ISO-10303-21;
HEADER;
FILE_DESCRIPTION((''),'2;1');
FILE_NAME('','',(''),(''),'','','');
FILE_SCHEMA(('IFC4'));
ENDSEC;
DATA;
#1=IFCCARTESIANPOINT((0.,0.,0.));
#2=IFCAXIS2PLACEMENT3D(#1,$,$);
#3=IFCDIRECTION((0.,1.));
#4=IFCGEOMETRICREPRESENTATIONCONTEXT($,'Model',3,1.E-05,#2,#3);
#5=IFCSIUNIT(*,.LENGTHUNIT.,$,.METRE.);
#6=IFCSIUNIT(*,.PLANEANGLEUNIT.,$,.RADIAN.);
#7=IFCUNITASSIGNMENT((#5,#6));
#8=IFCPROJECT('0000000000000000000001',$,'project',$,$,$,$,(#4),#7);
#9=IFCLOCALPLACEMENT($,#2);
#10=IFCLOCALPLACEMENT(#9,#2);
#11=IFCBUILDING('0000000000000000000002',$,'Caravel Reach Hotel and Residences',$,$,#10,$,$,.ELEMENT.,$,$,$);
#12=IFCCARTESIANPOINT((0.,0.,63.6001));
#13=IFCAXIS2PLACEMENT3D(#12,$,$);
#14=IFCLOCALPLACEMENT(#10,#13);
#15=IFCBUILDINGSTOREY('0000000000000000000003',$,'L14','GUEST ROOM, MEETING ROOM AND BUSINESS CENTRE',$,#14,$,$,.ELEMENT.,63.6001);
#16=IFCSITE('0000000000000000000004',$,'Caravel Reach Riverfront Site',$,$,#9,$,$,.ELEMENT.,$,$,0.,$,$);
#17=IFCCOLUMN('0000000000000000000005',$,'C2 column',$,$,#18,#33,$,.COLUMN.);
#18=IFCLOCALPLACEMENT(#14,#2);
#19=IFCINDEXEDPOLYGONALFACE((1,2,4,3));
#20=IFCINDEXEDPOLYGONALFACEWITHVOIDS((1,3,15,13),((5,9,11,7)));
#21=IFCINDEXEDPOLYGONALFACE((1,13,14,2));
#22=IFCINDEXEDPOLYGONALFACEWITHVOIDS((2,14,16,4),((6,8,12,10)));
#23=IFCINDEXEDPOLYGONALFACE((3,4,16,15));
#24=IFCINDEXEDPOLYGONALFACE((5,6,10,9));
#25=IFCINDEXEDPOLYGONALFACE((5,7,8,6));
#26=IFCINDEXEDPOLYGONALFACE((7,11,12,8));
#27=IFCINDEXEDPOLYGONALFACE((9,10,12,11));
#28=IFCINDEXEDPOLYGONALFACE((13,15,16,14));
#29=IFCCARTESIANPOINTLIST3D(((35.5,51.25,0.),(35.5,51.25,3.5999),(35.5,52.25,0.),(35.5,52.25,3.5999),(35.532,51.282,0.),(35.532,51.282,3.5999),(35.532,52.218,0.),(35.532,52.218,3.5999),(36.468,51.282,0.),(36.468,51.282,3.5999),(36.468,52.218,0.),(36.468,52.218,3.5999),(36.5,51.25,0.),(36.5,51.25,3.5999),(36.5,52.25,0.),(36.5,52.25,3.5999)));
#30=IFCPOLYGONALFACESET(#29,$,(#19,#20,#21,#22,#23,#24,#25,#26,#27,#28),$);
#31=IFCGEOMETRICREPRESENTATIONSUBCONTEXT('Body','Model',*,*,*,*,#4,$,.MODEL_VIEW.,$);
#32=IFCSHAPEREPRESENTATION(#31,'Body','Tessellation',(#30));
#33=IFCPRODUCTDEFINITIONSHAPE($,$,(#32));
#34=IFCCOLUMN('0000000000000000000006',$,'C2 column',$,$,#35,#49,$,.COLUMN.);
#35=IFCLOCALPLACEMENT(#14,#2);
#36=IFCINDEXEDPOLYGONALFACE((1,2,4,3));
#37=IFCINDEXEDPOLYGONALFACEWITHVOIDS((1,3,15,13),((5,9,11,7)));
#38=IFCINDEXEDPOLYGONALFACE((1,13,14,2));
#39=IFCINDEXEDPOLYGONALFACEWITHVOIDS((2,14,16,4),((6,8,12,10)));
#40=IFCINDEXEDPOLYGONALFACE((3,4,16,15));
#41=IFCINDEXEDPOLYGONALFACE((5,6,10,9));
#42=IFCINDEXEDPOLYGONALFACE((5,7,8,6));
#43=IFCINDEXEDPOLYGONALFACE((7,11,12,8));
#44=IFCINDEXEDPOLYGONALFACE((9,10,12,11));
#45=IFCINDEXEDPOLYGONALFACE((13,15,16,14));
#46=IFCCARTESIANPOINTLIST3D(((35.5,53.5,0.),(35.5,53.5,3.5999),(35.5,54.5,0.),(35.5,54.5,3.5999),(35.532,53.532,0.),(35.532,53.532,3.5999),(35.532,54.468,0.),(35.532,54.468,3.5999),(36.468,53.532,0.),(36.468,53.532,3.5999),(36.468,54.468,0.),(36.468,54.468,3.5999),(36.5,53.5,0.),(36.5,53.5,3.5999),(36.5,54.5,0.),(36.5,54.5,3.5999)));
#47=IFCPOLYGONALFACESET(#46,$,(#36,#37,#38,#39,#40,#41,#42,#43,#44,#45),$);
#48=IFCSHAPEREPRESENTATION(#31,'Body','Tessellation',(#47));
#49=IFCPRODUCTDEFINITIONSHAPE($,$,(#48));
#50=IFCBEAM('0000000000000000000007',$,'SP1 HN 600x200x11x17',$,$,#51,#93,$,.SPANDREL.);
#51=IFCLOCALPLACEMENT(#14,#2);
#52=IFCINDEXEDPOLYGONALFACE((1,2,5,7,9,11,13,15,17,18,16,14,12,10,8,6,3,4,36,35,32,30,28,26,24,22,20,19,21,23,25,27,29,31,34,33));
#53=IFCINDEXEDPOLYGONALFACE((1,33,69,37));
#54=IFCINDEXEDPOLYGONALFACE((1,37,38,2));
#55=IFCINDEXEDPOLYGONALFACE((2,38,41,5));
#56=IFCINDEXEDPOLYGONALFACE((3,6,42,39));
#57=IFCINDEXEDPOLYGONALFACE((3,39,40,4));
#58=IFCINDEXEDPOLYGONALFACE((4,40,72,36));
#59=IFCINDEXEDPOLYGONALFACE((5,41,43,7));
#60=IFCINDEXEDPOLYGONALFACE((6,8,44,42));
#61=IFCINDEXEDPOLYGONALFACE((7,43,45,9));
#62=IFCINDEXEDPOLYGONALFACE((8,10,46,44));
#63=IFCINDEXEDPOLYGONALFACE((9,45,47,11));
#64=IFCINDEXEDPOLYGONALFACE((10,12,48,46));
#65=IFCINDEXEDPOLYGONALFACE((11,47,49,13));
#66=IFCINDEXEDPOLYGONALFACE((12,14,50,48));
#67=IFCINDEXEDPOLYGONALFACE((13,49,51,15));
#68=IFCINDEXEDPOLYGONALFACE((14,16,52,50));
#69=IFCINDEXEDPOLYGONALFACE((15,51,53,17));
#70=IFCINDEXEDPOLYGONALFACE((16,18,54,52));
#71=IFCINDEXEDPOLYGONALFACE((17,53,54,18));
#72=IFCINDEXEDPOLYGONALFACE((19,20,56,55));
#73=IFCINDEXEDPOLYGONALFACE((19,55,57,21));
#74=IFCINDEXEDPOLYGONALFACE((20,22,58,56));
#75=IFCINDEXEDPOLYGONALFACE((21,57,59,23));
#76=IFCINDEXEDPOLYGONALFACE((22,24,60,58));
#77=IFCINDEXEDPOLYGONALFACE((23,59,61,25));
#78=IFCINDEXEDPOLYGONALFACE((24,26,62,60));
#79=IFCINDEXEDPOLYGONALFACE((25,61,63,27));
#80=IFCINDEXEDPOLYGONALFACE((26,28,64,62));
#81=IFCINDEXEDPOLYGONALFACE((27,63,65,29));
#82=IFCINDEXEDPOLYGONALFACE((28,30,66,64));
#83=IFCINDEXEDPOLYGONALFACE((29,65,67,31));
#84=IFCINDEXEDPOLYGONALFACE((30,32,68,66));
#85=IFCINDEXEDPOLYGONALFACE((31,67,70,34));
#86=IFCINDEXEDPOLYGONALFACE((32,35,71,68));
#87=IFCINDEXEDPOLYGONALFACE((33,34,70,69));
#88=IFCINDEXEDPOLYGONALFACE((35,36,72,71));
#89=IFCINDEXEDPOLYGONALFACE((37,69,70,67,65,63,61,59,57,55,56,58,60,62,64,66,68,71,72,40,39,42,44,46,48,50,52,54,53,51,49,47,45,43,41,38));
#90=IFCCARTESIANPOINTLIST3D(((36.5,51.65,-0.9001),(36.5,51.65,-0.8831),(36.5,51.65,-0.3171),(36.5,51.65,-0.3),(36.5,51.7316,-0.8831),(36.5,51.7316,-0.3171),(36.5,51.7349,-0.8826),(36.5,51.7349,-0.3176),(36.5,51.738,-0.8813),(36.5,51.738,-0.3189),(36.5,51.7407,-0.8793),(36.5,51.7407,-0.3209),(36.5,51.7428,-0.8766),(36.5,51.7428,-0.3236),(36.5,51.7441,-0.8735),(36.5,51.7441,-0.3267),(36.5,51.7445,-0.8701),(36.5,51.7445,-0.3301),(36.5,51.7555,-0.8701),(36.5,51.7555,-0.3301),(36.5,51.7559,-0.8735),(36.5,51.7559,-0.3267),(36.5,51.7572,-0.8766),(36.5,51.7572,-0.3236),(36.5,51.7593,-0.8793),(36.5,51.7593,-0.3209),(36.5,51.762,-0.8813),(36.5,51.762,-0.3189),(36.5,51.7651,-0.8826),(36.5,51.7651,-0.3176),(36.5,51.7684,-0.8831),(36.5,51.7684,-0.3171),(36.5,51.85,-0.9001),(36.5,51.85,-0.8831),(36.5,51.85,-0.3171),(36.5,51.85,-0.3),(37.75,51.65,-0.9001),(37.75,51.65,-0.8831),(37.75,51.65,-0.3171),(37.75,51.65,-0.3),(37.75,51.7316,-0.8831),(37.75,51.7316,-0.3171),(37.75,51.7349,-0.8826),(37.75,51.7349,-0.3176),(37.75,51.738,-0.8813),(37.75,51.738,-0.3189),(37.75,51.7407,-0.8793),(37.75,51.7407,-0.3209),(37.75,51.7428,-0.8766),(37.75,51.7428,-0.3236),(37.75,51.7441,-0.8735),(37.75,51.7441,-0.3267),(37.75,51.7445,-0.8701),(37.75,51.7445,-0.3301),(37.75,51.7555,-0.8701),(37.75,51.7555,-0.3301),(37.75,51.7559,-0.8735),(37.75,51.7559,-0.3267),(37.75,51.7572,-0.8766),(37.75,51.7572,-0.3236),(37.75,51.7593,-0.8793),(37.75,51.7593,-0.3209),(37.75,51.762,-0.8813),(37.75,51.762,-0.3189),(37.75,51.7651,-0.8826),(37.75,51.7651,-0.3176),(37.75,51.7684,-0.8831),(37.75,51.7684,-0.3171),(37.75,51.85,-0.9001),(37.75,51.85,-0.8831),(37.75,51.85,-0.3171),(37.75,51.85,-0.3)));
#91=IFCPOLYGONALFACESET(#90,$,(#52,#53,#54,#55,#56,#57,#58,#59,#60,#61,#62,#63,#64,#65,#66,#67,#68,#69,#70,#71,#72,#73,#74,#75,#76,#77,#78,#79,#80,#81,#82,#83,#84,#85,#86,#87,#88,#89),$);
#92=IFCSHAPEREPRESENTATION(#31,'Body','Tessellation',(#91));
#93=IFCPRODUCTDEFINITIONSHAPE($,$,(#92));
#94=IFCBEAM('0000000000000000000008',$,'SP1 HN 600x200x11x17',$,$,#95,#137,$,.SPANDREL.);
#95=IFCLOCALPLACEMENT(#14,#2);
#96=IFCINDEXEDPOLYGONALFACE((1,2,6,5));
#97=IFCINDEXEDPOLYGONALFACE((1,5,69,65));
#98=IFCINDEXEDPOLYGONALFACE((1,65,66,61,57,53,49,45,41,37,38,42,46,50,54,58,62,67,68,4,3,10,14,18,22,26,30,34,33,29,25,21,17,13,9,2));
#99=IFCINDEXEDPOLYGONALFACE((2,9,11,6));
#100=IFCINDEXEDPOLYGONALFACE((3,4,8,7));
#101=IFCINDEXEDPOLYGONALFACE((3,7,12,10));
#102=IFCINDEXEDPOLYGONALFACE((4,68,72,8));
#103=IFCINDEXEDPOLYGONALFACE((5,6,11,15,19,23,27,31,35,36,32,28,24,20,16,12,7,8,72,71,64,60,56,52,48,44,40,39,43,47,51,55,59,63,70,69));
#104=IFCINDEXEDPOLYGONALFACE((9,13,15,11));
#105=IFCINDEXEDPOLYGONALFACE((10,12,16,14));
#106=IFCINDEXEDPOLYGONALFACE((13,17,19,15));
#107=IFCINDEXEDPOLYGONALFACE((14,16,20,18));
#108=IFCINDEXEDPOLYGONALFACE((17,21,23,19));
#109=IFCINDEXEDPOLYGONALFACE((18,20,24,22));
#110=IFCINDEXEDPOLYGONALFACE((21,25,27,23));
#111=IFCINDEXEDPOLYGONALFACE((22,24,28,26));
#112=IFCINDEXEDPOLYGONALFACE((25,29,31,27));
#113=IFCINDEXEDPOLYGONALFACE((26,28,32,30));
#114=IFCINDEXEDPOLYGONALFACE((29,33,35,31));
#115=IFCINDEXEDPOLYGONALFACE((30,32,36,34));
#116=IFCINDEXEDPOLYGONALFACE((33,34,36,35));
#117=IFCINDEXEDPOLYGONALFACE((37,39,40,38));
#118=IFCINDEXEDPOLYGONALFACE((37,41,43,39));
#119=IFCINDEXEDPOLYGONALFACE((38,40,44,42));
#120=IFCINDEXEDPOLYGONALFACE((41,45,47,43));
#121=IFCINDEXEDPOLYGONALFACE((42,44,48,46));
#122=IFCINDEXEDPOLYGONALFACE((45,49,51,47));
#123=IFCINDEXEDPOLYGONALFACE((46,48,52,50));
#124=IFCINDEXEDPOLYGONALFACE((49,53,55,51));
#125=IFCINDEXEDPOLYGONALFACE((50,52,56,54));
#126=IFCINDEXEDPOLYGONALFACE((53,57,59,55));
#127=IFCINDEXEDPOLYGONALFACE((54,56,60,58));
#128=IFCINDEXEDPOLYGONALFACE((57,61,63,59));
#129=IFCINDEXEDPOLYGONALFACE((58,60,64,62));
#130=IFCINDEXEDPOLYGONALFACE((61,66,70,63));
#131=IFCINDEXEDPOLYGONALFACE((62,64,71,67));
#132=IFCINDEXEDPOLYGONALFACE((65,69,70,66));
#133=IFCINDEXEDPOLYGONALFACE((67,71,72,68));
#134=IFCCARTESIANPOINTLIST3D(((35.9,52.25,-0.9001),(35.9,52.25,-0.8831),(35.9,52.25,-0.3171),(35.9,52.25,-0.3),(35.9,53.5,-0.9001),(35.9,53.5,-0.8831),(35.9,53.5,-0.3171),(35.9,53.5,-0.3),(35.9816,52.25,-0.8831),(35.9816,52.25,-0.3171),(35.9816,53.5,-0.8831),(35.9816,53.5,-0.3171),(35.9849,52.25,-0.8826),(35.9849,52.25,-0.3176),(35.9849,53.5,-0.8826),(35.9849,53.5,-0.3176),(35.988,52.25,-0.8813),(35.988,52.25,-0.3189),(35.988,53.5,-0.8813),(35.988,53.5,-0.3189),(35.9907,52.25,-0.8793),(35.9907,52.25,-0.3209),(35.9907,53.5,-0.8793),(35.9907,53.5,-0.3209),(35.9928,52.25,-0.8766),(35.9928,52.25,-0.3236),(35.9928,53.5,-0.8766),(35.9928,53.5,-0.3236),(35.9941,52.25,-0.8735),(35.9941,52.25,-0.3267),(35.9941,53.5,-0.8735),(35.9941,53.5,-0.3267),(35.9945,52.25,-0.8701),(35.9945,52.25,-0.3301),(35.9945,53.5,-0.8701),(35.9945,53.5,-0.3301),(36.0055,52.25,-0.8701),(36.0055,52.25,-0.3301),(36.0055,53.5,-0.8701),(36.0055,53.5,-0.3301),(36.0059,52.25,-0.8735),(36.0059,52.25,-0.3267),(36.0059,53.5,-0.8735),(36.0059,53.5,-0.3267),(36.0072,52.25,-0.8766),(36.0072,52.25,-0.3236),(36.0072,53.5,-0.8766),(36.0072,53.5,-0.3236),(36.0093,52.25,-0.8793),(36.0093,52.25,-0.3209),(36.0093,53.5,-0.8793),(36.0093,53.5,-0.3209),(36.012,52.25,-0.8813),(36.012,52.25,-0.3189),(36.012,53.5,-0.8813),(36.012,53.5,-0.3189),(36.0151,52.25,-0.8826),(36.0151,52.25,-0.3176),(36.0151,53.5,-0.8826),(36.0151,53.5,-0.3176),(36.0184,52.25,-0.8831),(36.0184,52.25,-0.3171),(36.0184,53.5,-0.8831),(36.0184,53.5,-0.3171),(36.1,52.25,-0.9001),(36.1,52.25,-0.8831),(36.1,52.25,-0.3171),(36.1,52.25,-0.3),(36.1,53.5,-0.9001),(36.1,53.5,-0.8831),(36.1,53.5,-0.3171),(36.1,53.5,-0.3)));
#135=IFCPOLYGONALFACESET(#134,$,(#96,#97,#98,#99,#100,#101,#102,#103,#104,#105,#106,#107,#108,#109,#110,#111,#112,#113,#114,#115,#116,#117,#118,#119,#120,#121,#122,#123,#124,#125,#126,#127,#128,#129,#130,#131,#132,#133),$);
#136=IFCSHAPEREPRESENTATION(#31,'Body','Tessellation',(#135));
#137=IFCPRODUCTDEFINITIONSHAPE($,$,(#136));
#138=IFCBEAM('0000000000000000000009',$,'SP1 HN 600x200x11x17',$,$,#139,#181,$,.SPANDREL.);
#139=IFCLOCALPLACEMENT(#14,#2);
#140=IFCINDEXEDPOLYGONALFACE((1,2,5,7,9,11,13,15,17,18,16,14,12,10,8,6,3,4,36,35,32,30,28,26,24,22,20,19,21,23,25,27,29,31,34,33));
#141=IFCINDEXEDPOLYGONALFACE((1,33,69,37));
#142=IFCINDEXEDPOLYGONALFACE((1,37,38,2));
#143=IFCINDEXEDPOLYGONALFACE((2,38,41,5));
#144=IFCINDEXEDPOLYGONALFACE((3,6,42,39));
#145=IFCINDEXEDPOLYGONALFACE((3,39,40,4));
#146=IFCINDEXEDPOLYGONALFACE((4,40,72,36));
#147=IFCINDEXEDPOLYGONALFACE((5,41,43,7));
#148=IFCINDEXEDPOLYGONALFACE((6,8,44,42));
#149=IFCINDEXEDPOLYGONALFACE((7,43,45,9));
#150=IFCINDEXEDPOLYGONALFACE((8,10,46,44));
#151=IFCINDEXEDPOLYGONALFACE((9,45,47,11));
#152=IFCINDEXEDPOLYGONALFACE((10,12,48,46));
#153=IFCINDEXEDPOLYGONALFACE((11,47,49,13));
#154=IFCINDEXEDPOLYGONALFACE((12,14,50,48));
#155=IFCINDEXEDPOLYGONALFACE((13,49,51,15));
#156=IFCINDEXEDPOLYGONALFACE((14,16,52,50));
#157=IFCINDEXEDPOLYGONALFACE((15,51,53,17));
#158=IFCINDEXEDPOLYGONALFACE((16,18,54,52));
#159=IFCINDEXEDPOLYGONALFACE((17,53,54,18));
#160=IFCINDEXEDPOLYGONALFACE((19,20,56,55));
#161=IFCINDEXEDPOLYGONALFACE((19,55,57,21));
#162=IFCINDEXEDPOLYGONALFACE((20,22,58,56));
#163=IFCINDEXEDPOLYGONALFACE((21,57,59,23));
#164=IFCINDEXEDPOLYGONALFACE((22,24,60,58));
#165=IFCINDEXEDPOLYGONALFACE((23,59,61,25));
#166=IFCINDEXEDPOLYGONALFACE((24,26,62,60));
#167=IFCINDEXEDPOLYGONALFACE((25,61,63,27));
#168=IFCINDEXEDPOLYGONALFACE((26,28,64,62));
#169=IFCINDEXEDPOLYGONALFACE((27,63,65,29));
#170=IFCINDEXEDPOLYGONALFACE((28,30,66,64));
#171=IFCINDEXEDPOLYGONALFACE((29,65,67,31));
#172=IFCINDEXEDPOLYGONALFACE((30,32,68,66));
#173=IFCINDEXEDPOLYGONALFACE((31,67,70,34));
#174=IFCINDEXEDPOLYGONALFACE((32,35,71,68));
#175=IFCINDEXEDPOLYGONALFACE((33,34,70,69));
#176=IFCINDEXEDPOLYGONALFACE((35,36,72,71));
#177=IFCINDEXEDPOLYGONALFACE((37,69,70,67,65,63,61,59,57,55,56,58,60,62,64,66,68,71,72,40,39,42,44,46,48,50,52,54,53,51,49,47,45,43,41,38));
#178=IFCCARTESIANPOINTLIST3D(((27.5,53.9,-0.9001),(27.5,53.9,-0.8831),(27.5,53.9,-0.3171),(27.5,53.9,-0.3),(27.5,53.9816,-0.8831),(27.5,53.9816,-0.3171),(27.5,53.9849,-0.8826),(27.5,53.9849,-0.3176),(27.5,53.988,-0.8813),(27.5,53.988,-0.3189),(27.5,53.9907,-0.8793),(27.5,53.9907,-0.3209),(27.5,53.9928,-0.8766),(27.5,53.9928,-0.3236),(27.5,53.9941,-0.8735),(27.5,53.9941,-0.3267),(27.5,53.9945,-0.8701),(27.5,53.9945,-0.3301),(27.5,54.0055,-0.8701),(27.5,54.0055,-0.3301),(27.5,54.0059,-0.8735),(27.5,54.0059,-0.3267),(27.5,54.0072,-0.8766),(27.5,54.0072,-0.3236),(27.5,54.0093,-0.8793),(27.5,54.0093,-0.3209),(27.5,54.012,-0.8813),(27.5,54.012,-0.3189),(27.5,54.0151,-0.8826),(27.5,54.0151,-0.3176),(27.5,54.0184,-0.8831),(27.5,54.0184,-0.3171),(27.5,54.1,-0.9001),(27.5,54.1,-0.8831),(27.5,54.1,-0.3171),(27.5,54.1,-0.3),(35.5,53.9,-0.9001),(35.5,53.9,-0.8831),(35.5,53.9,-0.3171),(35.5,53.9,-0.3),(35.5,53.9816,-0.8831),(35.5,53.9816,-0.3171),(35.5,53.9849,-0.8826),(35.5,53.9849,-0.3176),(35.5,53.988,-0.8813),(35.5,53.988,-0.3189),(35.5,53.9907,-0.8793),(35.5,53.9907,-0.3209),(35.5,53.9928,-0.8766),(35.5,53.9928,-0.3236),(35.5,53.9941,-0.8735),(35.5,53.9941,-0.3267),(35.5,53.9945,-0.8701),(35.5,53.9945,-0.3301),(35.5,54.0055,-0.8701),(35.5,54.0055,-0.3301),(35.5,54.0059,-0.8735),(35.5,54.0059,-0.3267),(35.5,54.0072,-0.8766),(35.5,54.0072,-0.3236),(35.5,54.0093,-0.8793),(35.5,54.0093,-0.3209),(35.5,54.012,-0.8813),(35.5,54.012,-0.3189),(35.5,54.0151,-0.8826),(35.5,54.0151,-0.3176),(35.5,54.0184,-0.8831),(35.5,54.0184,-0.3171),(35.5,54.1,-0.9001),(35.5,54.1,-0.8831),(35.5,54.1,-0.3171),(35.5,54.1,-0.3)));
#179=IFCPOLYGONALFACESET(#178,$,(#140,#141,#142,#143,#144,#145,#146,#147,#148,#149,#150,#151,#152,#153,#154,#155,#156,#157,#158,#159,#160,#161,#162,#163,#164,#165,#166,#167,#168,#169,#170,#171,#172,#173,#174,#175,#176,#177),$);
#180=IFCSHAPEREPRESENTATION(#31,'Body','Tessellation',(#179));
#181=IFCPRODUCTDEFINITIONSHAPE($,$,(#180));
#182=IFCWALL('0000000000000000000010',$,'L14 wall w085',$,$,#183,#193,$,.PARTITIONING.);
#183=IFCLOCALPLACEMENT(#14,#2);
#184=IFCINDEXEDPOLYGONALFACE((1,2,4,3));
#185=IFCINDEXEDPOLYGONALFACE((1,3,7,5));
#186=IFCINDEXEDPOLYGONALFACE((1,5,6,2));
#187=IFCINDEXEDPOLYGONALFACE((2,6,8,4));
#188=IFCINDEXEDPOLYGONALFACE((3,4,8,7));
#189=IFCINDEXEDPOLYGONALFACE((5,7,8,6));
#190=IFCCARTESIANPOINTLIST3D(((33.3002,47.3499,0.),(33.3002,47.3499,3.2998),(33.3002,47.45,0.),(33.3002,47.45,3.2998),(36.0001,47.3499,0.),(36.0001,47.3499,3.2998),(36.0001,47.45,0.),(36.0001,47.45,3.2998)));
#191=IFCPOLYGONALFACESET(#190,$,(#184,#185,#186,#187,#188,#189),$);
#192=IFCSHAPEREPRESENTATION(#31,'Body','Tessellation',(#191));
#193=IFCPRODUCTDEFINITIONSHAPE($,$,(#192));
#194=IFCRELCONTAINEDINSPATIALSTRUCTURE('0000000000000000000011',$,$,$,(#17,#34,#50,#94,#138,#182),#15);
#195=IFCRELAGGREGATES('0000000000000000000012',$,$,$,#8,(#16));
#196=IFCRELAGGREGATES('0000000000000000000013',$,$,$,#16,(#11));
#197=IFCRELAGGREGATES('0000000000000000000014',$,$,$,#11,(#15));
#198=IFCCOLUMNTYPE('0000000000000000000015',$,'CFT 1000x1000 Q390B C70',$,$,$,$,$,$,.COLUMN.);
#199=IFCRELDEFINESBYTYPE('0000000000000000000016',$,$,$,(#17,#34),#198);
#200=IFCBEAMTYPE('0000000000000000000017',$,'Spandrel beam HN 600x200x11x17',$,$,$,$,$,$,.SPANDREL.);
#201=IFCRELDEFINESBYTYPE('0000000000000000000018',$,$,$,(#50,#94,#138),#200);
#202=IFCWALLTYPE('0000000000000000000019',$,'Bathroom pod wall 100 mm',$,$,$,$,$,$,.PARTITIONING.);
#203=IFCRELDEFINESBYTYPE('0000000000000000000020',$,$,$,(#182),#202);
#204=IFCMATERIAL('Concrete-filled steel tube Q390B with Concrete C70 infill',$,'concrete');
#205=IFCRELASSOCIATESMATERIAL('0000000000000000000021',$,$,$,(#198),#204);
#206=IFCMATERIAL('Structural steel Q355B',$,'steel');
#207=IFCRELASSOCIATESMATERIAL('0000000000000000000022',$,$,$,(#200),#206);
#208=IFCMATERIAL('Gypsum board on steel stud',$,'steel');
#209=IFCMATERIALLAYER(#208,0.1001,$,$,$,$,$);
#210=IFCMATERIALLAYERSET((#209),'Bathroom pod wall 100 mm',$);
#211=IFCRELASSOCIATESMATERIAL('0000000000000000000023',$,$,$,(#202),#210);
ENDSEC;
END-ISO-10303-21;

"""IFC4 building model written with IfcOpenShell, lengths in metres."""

from ifc_helpers import new_model, si_unit, direction, frame, frame_2d, origin, origin_2d, place, context, subcontext, project, spatial, rectangle, hollow_rectangle, i_section, extrude, material, layer, layer_set, material_profile, profile_set, type_object, element, save


model = new_model("IFC4")

# Units and contexts
model_context = context("Model", 3, precision=1e-05, world=origin(), true_north=direction((0.0, 1.0)))
body_context = subcontext(model_context, "Body", "Model", "MODEL_VIEW")
ifc_project = project(units=[si_unit("LENGTHUNIT", "METRE"), si_unit("PLANEANGLEUNIT", "RADIAN")], contexts=[model_context])

# Site, building, storey
site_placement = place(None, origin())
site = spatial("IfcSite", under=ifc_project, at=site_placement, Name="Caravel Reach Riverfront Site", CompositionType="ELEMENT", RefElevation=0.0)
building_placement = place(site_placement, origin())
building = spatial("IfcBuilding", under=site, at=building_placement, Name="Caravel Reach Hotel and Residences", CompositionType="ELEMENT")
storey_placement = place(building_placement, frame((0.0, 0.0, 63.6001)))
storey = spatial("IfcBuildingStorey", under=building, at=storey_placement, Name="L14", Description="GUEST ROOM, MEETING ROOM AND BUSINESS CENTRE", CompositionType="ELEMENT", Elevation=63.6001)

# Columns
ifc_material_1 = material(Name="Concrete-filled steel tube Q390B with Concrete C70 infill", Category="concrete")
ifc_material_profile_1 = material_profile(ifc_material_1, hollow_rectangle(XDim=1.0, YDim=1.0, WallThickness=0.032, at=origin_2d()), Name="RHS 1000x1000x32")
ifc_profile_set_1 = profile_set([ifc_material_profile_1], Name="Concrete-filled steel tube Q390B with Concrete C70 infill")
column_type = type_object("IfcColumnType", Name="CFT 1000x1000 Q390B C70", PredefinedType="COLUMN", material=ifc_profile_set_1)
for number, where, z_axis, x_axis, name in (
    (1, (36.0, 51.75, 0.0), (0.0, 0.0, 1.0), (1.0, 0.0, 0.0), "C2 column"),
    (2, (36.0, 54.0, 0.0), (0.0, 0.0, 1.0), (1.0, 0.0, 0.0), "C2 column"),
):
    element("IfcColumn", number, at=place(storey_placement, frame(where, z_axis=z_axis, x_axis=x_axis)), inside=storey, type_object=column_type, Name=name, PredefinedType="COLUMN", context=body_context, shape_type="SweptSolid", body=[
        extrude(hollow_rectangle(XDim=1.0, YDim=1.0, WallThickness=0.032, at=origin_2d()), origin(), (0.0, 0.0, 1.0), 3.5999),
    ])

# Beams
ifc_material_2 = material(Name="Structural steel Q355B", Category="steel")
ifc_material_profile_2 = material_profile(ifc_material_2, i_section(OverallWidth=0.2, OverallDepth=0.6001, WebThickness=0.011, FlangeThickness=0.0171, FilletRadius=0.0129, at=origin_2d()), Name="HN 600x200x11x17")
ifc_profile_set_2 = profile_set([ifc_material_profile_2], Name="Structural steel Q355B")
beam_type = type_object("IfcBeamType", Name="Spandrel beam HN 600x200x11x17", PredefinedType="SPANDREL", material=ifc_profile_set_2)
for number, where, z_axis, x_axis, name in (
    (3, (37.75, 51.75, -0.6001), (-1.0, 0.0, 0.0), (0.0, -1.0, 0.0), "SP1 HN 600x200x11x17"),
    (4, (36.0, 52.25, -0.6001), (0.0, 1.0, 0.0), (-1.0, 0.0, 0.0), "SP1 HN 600x200x11x17"),
):
    element("IfcBeam", number, at=place(storey_placement, frame(where, z_axis=z_axis, x_axis=x_axis)), inside=storey, type_object=beam_type, Name=name, PredefinedType="SPANDREL", context=body_context, shape_type="SweptSolid", body=[
        extrude(i_section(OverallWidth=0.2, OverallDepth=0.6001, WebThickness=0.011, FlangeThickness=0.0171, FilletRadius=0.0129, at=origin_2d()), origin(), (0.0, 0.0, 1.0), 1.25),
    ])
beam_placement = place(storey_placement, frame((35.5, 54.0, -0.6001), z_axis=(-1.0, 0.0, 0.0), x_axis=(0.0, -1.0, 0.0)))
element("IfcBeam", 5, at=beam_placement, inside=storey, type_object=beam_type, Name="SP1 HN 600x200x11x17", PredefinedType="SPANDREL", context=body_context, shape_type="SweptSolid", body=[
    extrude(i_section(OverallWidth=0.2, OverallDepth=0.6001, WebThickness=0.011, FlangeThickness=0.0171, FilletRadius=0.0129, at=origin_2d()), origin(), (0.0, 0.0, 1.0), 8.0),
])

# Wall
ifc_material_3 = material(Name="Gypsum board on steel stud", Category="steel")
ifc_layer_1 = layer(ifc_material_3, 0.1001)
ifc_layer_set_1 = layer_set([ifc_layer_1], Name="Bathroom pod wall 100 mm")
wall_type_1 = type_object("IfcWallType", Name="Bathroom pod wall 100 mm", PredefinedType="PARTITIONING", material=ifc_layer_set_1)
wall_1_placement = place(storey_placement, frame((33.3, 47.3999, 0.0), z_axis=(0.0, 0.0, 1.0), x_axis=(1.0, 0.0, 0.0)))
element("IfcWall", 6, at=wall_1_placement, inside=storey, type_object=wall_type_1, Name="L14 wall w085", PredefinedType="PARTITIONING", context=body_context, shape_type="SweptSolid", body=[
    extrude(rectangle(XDim=2.7, YDim=0.1001, at=frame_2d((1.3501, 0.0))), origin(), (0.0, 0.0, 1.0), 3.2998),
])

save(model, "model.ifc")
